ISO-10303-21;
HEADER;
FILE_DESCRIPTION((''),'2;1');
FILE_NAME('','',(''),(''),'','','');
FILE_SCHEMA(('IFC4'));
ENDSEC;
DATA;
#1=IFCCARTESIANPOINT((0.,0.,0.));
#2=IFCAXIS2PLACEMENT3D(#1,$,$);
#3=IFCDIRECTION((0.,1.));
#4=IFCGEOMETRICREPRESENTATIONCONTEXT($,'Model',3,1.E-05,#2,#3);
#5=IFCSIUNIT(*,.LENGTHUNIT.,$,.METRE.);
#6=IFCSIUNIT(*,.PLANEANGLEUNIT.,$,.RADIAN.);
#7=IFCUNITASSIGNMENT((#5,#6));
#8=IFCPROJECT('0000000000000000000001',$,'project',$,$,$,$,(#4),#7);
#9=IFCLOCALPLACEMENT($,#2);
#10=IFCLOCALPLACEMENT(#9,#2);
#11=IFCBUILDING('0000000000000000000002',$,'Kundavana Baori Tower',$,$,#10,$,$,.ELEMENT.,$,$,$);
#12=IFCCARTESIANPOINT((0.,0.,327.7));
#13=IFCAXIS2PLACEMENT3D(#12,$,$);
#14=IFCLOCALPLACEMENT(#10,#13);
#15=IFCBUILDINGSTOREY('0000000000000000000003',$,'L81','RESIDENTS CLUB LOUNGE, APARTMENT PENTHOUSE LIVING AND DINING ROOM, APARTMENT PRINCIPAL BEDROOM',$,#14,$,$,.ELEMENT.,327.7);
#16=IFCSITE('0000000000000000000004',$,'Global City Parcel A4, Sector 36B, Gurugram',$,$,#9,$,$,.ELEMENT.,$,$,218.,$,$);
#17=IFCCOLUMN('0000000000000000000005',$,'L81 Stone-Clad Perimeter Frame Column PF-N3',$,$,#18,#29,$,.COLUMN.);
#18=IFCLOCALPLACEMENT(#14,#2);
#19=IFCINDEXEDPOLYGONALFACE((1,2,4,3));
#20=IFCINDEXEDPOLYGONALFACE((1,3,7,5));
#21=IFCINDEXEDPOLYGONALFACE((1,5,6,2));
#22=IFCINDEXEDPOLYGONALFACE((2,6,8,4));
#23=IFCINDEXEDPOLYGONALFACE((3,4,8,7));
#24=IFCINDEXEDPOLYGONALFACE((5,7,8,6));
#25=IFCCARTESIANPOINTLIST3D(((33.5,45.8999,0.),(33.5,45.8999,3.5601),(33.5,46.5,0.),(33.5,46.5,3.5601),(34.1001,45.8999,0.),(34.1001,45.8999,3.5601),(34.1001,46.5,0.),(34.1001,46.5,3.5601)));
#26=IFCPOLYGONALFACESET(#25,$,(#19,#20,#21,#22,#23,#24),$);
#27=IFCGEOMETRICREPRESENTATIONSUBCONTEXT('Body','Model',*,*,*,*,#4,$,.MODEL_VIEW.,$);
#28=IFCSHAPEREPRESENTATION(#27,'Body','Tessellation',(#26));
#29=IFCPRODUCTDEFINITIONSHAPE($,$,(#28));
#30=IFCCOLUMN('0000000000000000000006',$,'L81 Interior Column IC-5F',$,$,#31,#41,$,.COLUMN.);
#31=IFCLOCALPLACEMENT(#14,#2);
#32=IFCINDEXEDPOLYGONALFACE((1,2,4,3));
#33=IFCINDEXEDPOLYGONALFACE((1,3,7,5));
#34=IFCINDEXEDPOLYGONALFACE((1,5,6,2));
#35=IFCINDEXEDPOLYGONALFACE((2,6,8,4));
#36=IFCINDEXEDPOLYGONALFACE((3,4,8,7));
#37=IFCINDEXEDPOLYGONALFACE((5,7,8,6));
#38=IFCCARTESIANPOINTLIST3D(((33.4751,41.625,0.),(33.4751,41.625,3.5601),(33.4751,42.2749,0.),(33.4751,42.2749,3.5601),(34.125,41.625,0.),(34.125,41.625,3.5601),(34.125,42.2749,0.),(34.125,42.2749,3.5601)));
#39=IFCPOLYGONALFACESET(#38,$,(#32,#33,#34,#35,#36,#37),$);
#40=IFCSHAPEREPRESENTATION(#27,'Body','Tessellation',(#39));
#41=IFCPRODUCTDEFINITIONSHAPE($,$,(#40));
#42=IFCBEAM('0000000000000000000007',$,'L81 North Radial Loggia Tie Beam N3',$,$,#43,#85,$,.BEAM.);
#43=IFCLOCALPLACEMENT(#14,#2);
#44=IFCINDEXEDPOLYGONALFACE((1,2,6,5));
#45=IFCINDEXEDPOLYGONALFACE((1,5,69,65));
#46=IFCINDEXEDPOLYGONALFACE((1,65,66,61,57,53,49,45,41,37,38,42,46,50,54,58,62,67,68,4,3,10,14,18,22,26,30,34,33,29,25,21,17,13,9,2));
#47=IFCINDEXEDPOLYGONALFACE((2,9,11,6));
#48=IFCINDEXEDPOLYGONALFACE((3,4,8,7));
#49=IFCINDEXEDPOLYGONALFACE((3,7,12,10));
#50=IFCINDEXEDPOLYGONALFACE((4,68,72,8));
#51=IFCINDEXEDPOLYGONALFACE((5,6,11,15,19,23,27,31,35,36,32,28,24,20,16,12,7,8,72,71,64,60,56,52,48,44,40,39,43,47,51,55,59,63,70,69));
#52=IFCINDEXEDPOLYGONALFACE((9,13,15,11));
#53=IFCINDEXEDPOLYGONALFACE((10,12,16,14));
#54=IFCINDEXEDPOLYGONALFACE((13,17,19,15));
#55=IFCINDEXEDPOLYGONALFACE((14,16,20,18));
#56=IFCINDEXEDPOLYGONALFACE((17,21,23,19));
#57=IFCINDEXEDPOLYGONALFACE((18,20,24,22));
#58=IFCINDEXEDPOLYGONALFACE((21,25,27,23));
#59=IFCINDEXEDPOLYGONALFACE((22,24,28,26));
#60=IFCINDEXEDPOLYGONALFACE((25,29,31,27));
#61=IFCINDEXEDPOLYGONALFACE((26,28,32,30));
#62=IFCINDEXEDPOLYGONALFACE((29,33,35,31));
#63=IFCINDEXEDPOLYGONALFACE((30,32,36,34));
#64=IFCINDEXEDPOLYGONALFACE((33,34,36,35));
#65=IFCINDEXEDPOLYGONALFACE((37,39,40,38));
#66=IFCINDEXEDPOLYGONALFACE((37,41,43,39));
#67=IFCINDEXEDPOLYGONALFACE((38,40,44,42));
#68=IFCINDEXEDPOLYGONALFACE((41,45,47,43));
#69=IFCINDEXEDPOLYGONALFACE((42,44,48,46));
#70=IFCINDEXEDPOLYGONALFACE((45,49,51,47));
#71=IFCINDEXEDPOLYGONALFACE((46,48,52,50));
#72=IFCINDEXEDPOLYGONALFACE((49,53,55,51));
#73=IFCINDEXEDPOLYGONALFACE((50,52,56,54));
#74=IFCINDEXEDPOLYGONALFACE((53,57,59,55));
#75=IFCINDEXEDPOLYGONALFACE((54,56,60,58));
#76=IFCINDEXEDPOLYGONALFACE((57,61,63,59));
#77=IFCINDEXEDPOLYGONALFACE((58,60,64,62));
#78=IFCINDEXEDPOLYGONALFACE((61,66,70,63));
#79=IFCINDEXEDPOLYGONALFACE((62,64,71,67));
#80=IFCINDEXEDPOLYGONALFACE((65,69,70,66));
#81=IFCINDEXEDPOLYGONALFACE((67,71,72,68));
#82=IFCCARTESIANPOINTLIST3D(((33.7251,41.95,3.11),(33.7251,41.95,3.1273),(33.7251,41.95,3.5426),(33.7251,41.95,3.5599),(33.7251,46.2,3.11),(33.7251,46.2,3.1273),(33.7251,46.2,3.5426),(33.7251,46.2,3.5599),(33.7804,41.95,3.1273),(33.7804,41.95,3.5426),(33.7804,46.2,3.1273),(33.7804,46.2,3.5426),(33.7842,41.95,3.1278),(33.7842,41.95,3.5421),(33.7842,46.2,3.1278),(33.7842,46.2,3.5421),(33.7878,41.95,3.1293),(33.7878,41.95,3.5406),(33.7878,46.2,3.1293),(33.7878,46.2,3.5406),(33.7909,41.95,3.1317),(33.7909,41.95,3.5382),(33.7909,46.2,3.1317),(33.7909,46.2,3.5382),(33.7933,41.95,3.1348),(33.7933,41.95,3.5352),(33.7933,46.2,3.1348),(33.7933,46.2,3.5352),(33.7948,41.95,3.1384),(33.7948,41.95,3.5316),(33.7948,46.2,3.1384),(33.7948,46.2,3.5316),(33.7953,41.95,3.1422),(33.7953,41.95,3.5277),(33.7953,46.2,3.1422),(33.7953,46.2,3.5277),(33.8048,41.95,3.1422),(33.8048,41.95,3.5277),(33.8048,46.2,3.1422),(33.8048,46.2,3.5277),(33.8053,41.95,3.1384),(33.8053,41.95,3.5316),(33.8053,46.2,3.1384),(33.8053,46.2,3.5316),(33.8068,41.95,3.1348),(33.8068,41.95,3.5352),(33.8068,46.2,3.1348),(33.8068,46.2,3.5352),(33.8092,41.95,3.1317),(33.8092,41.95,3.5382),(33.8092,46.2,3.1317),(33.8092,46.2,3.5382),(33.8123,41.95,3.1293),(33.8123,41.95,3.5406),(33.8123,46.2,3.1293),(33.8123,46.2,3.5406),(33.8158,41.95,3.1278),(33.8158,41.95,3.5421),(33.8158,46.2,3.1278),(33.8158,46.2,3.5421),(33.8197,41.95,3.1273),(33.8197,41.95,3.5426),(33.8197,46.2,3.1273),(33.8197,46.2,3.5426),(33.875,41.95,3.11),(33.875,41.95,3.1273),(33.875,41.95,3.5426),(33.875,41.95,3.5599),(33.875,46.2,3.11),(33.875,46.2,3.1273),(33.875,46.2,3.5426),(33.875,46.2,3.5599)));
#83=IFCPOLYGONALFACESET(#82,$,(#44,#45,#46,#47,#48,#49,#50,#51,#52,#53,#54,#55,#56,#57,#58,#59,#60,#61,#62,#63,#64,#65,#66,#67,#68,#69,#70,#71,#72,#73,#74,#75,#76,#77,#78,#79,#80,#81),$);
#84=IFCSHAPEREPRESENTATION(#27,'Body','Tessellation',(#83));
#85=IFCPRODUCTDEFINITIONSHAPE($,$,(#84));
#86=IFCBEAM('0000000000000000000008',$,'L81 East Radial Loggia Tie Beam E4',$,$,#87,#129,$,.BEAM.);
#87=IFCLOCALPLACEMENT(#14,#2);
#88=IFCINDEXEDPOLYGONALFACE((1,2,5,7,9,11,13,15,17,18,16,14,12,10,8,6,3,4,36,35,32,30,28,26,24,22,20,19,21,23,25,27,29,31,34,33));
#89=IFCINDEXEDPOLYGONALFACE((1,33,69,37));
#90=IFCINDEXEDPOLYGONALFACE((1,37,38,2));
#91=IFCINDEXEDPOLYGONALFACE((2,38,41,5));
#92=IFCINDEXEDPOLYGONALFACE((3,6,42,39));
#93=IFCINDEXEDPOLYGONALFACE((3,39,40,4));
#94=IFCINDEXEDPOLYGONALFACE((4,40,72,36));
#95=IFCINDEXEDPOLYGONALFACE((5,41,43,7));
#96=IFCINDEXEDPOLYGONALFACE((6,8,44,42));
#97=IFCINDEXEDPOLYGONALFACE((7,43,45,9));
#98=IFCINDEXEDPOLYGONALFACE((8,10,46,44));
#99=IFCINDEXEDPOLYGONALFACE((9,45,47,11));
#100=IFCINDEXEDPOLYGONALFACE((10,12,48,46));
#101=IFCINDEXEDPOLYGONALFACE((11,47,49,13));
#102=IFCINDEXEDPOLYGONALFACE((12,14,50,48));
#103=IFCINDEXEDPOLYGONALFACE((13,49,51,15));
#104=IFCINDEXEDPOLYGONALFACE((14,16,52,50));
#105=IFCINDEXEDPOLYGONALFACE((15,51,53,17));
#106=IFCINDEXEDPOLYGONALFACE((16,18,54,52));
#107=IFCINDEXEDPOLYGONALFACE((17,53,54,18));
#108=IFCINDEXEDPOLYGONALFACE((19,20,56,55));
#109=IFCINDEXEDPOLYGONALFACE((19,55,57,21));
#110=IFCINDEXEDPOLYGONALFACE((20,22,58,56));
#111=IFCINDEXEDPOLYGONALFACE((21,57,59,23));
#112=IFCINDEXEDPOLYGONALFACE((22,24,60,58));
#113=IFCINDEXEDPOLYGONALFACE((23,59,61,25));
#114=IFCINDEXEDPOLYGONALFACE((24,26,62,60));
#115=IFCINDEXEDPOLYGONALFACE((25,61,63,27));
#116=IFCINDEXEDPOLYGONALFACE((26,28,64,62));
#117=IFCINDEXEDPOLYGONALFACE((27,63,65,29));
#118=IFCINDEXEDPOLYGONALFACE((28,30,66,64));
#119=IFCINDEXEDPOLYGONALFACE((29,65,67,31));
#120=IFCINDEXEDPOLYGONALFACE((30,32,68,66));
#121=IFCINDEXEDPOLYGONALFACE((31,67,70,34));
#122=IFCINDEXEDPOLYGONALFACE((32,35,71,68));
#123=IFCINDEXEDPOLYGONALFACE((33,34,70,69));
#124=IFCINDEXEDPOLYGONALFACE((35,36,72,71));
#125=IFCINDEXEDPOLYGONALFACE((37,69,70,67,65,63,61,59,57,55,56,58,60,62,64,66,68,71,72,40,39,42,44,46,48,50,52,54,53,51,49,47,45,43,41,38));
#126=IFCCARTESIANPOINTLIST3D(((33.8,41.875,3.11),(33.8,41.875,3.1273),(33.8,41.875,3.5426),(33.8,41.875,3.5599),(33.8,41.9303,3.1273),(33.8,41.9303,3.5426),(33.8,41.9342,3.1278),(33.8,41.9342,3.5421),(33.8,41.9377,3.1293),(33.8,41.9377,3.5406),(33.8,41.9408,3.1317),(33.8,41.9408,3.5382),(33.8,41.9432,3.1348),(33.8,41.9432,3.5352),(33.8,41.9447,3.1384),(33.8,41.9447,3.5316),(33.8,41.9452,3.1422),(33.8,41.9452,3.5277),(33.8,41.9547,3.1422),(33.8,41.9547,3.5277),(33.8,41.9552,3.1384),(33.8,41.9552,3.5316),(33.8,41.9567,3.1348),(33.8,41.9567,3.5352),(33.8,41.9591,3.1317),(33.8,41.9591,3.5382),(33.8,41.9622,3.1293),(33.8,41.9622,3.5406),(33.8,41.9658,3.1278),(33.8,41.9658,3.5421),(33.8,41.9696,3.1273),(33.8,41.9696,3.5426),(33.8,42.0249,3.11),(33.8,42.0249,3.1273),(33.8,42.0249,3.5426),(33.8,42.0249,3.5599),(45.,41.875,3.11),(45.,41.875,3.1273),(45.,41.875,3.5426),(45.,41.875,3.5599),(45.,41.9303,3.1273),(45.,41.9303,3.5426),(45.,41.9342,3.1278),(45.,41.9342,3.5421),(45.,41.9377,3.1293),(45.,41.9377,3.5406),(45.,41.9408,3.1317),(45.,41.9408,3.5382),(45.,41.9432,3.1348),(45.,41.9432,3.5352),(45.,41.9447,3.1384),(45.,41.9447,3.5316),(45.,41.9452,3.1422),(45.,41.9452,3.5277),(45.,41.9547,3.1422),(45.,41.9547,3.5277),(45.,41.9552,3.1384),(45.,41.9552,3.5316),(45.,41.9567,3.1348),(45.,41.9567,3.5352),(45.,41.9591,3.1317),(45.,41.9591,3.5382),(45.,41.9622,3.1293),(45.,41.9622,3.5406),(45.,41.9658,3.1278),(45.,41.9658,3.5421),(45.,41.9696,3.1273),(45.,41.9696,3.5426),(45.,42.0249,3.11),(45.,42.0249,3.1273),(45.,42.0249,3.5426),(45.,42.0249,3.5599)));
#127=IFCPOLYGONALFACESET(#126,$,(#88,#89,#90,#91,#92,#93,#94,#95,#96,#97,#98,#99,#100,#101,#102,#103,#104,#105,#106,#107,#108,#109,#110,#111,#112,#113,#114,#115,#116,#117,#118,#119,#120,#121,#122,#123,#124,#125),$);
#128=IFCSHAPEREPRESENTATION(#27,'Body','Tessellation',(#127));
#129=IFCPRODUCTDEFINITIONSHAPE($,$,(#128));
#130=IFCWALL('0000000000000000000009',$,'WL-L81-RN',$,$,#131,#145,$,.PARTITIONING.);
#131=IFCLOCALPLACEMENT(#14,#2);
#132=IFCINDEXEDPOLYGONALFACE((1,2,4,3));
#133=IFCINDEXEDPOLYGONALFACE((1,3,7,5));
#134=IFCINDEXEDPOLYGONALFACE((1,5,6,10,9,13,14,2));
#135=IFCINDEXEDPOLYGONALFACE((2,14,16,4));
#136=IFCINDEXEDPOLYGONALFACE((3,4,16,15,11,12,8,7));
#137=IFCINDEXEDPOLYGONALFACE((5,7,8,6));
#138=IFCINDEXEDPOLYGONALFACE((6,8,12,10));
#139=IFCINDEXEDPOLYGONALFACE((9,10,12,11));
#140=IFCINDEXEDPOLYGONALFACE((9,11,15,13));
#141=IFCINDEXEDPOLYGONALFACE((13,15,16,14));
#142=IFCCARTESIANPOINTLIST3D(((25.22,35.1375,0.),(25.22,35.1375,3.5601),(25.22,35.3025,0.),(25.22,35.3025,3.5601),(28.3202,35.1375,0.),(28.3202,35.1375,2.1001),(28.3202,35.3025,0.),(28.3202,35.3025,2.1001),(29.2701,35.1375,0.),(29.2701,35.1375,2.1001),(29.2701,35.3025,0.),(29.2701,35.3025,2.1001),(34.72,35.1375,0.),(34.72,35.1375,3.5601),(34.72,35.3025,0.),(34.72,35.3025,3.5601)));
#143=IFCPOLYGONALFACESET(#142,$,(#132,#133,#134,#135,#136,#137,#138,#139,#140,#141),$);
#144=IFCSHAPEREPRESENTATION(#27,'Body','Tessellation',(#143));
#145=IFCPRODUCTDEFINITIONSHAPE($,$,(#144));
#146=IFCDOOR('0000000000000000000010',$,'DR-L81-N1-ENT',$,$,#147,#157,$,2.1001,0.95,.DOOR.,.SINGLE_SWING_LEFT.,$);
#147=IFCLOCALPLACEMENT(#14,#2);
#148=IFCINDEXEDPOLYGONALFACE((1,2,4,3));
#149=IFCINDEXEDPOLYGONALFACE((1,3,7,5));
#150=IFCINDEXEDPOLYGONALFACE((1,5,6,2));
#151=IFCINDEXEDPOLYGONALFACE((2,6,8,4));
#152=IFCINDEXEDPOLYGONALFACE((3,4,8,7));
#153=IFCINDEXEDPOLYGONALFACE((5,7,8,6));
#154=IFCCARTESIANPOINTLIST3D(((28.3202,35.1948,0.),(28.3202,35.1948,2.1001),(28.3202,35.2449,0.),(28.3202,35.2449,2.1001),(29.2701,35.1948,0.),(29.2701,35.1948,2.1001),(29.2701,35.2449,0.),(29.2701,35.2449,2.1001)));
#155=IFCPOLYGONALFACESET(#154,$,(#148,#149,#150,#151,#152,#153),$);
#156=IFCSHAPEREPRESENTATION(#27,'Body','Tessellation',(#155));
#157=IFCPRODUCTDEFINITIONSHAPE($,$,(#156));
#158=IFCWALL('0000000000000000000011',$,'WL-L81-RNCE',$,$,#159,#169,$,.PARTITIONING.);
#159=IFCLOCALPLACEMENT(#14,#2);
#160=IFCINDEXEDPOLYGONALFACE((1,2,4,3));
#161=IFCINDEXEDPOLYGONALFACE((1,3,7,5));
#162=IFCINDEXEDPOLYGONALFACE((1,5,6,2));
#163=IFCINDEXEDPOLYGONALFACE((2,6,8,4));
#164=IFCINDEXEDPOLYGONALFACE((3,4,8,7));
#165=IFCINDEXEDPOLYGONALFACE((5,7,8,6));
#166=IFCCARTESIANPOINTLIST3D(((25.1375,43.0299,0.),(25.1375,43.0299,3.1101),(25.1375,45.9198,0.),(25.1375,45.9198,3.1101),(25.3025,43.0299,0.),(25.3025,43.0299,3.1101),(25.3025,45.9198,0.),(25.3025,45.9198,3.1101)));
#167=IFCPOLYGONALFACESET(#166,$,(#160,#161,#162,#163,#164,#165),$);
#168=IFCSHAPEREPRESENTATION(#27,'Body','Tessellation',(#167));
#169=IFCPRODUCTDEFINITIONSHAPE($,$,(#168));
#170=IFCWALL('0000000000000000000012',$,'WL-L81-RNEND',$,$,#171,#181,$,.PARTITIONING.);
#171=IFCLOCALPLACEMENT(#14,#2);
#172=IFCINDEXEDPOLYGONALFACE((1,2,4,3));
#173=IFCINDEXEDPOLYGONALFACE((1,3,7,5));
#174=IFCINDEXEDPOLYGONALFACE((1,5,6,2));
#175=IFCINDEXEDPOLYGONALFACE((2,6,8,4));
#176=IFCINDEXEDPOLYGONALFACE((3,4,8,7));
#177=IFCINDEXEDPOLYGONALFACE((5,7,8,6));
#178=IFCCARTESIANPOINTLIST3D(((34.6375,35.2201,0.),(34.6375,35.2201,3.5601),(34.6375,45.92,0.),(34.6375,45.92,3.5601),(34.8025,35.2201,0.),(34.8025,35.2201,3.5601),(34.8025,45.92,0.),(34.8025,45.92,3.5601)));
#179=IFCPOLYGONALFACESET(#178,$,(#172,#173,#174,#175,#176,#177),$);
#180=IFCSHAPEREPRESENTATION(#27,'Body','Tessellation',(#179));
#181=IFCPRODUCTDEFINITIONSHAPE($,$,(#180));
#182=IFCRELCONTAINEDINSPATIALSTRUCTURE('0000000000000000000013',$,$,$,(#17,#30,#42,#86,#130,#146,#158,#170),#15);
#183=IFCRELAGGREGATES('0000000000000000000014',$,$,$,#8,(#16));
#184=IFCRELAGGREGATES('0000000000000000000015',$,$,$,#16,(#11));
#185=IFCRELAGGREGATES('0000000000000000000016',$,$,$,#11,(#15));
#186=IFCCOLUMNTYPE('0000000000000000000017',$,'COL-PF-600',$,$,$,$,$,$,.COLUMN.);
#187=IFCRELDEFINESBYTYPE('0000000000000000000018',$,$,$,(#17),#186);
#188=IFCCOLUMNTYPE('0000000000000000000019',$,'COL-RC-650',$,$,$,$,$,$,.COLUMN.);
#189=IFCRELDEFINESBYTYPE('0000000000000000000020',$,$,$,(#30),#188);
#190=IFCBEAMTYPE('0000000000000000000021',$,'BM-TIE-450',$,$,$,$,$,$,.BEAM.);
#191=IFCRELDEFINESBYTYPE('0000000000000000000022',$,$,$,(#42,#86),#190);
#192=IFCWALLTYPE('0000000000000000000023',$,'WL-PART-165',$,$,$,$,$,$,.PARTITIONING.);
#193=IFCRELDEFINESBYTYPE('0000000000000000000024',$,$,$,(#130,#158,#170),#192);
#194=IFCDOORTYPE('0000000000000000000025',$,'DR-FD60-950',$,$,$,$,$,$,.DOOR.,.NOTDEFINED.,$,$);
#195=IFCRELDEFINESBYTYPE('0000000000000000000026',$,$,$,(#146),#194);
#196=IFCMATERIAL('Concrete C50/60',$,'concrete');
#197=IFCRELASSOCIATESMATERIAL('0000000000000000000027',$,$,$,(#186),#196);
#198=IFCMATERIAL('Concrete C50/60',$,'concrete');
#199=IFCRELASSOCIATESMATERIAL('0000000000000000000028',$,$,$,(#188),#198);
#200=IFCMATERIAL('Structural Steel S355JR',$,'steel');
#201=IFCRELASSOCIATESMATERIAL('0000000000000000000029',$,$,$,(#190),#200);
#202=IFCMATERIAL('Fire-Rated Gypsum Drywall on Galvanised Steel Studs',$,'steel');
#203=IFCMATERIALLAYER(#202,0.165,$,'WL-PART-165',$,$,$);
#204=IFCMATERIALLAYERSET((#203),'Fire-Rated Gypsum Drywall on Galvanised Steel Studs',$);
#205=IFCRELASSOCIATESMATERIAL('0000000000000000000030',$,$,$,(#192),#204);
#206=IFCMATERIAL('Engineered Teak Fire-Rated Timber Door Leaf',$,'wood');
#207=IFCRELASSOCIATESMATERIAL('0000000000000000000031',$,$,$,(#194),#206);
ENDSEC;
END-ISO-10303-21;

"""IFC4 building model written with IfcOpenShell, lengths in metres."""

from ifc_helpers import new_model, si_unit, direction, frame, frame_2d, origin, origin_2d, place, context, subcontext, project, spatial, rectangle, i_section, extrude, material, layer, layer_set, material_profile, profile_set, type_object, element, fill, save


model = new_model("IFC4")

# Units and contexts
model_context = context("Model", 3, precision=1e-05, world=origin(), true_north=direction((0.0, 1.0)))
body_context = subcontext(model_context, "Body", "Model", "MODEL_VIEW")
ifc_project = project(units=[si_unit("LENGTHUNIT", "METRE"), si_unit("PLANEANGLEUNIT", "RADIAN")], contexts=[model_context])

# Site, building, storey
site_placement = place(None, origin())
site = spatial("IfcSite", under=ifc_project, at=site_placement, Name="Global City Parcel A4, Sector 36B, Gurugram", CompositionType="ELEMENT", RefElevation=218.0)
building_placement = place(site_placement, origin())
building = spatial("IfcBuilding", under=site, at=building_placement, Name="Kundavana Baori Tower", CompositionType="ELEMENT")
storey_placement = place(building_placement, frame((0.0, 0.0, 327.7)))
storey = spatial("IfcBuildingStorey", under=building, at=storey_placement, Name="L81", Description="RESIDENTS CLUB LOUNGE, APARTMENT PENTHOUSE LIVING AND DINING ROOM, APARTMENT PRINCIPAL BEDROOM", CompositionType="ELEMENT", Elevation=327.7)

# Columns
ifc_material_1 = material(Name="Concrete C50/60", Category="concrete")
ifc_material_profile_1 = material_profile(ifc_material_1, rectangle(XDim=0.6001, YDim=0.6001, at=origin_2d()), Name="RC PF 600x600")
ifc_profile_set_1 = profile_set([ifc_material_profile_1], Name="Concrete C50/60")
column_type_1 = type_object("IfcColumnType", Name="COL-PF-600", PredefinedType="COLUMN", material=ifc_profile_set_1)
column_1_placement = place(storey_placement, frame((33.8, 46.2, 0.0), z_axis=(0.0, 0.0, 1.0), x_axis=(1.0, 0.0, 0.0)))
element("IfcColumn", 1, at=column_1_placement, inside=storey, type_object=column_type_1, Name="L81 Stone-Clad Perimeter Frame Column PF-N3", PredefinedType="COLUMN", context=body_context, shape_type="SweptSolid", body=[
    extrude(rectangle(XDim=0.6001, YDim=0.6001, at=origin_2d()), origin(), (0.0, 0.0, 1.0), 3.5601),
])
ifc_material_2 = material(Name="Concrete C50/60", Category="concrete")
ifc_material_profile_2 = material_profile(ifc_material_2, rectangle(XDim=0.6499, YDim=0.6499, at=origin_2d()), Name="RC 650x650")
ifc_profile_set_2 = profile_set([ifc_material_profile_2], Name="Concrete C50/60")
column_type_2 = type_object("IfcColumnType", Name="COL-RC-650", PredefinedType="COLUMN", material=ifc_profile_set_2)
column_2_placement = place(storey_placement, frame((33.8, 41.95, 0.0), z_axis=(0.0, 0.0, 1.0), x_axis=(1.0, 0.0, 0.0)))
element("IfcColumn", 2, at=column_2_placement, inside=storey, type_object=column_type_2, Name="L81 Interior Column IC-5F", PredefinedType="COLUMN", context=body_context, shape_type="SweptSolid", body=[
    extrude(rectangle(XDim=0.6499, YDim=0.6499, at=origin_2d()), origin(), (0.0, 0.0, 1.0), 3.5601),
])

# Beams
ifc_material_3 = material(Name="Structural Steel S355JR", Category="steel")
ifc_material_profile_3 = material_profile(ifc_material_3, i_section(OverallWidth=0.1499, OverallDepth=0.45, WebThickness=0.0095, FlangeThickness=0.0173, FilletRadius=0.0149, at=origin_2d()), Name="ISMB 450")
ifc_profile_set_3 = profile_set([ifc_material_profile_3], Name="Structural Steel S355JR")
beam_type = type_object("IfcBeamType", Name="BM-TIE-450", PredefinedType="BEAM", material=ifc_profile_set_3)
beam_1_placement = place(storey_placement, frame((33.8, 41.95, 3.335), z_axis=(0.0, 1.0, 0.0), x_axis=(-1.0, 0.0, 0.0)))
element("IfcBeam", 3, at=beam_1_placement, inside=storey, type_object=beam_type, Name="L81 North Radial Loggia Tie Beam N3", PredefinedType="BEAM", context=body_context, shape_type="SweptSolid", body=[
    extrude(i_section(OverallWidth=0.1499, OverallDepth=0.45, WebThickness=0.0095, FlangeThickness=0.0173, FilletRadius=0.0149, at=origin_2d()), origin(), (0.0, 0.0, 1.0), 4.25),
])
beam_2_placement = place(storey_placement, frame((33.8, 41.95, 3.335), z_axis=(1.0, 0.0, 0.0), x_axis=(0.0, 1.0, 0.0)))
element("IfcBeam", 4, at=beam_2_placement, inside=storey, type_object=beam_type, Name="L81 East Radial Loggia Tie Beam E4", PredefinedType="BEAM", context=body_context, shape_type="SweptSolid", body=[
    extrude(i_section(OverallWidth=0.1499, OverallDepth=0.45, WebThickness=0.0095, FlangeThickness=0.0173, FilletRadius=0.0149, at=origin_2d()), origin(), (0.0, 0.0, 1.0), 11.2),
])

# Wall, opening, door
ifc_material_4 = material(Name="Fire-Rated Gypsum Drywall on Galvanised Steel Studs", Category="steel")
ifc_layer_1 = layer(ifc_material_4, 0.165, Name="WL-PART-165")
ifc_layer_set_1 = layer_set([ifc_layer_1], Name="Fire-Rated Gypsum Drywall on Galvanised Steel Studs")
wall_type_1 = type_object("IfcWallType", Name="WL-PART-165", PredefinedType="PARTITIONING", material=ifc_layer_set_1)
wall_1_placement = place(storey_placement, frame((25.22, 35.22, 0.0), z_axis=(0.0, 0.0, 1.0), x_axis=(1.0, 0.0, 0.0)))
wall_1 = element("IfcWall", 5, at=wall_1_placement, inside=storey, type_object=wall_type_1, Name="WL-L81-RN", PredefinedType="PARTITIONING", context=body_context, shape_type="SweptSolid", body=[
    extrude(rectangle(XDim=9.5, YDim=0.165, at=frame_2d((4.75, 0.0))), origin(), (0.0, 0.0, 1.0), 3.5601),
])
opening_1_placement = place(wall_1_placement, frame((3.1001, 0.0, 0.0)))
opening_1 = element("IfcOpeningElement", 6, at=opening_1_placement, cuts=wall_1, PredefinedType="OPENING", context=body_context, shape_type="SweptSolid", body=[
    extrude(rectangle(XDim=0.95, YDim=2.1001, at=frame_2d((0.4751, 1.05))), frame((0.0, 0.0925, 0.0), z_axis=(0.0, -1.0, 0.0), x_axis=(1.0, 0.0, 0.0)), (0.0, 0.0, 1.0), 0.1851),
])
ifc_material_5 = material(Name="Engineered Teak Fire-Rated Timber Door Leaf", Category="wood")
door_type_1 = type_object("IfcDoorType", Name="DR-FD60-950", OperationType="NOTDEFINED", PredefinedType="DOOR", material=ifc_material_5)
door_1_placement = place(opening_1_placement, origin())
door_1 = element("IfcDoor", 7, at=door_1_placement, inside=storey, type_object=door_type_1, Name="DR-L81-N1-ENT", OperationType="SINGLE_SWING_LEFT", OverallHeight=2.1001, OverallWidth=0.95, PredefinedType="DOOR", context=body_context, shape_type="SweptSolid", body=[
    extrude(rectangle(XDim=0.95, YDim=2.1001, at=frame_2d((0.4751, 1.05))), frame((0.0, 0.0249, 0.0), z_axis=(0.0, -1.0, 0.0), x_axis=(1.0, 0.0, 0.0)), (0.0, 0.0, 1.0), 0.05),
])
fill(opening_1, door_1)

# Walls
wall_2_placement = place(storey_placement, frame((25.22, 43.03, 0.0), z_axis=(0.0, 0.0, 1.0), x_axis=(0.0, 1.0, 0.0)))
element("IfcWall", 8, at=wall_2_placement, inside=storey, type_object=wall_type_1, Name="WL-L81-RNCE", PredefinedType="PARTITIONING", context=body_context, shape_type="SweptSolid", body=[
    extrude(rectangle(XDim=2.8899, YDim=0.165, at=frame_2d((1.4448, 0.0))), origin(), (0.0, 0.0, 1.0), 3.1101),
])
wall_3_placement = place(storey_placement, frame((34.72, 35.22, 0.0), z_axis=(0.0, 0.0, 1.0), x_axis=(0.0, 1.0, 0.0)))
element("IfcWall", 9, at=wall_3_placement, inside=storey, type_object=wall_type_1, Name="WL-L81-RNEND", PredefinedType="PARTITIONING", context=body_context, shape_type="SweptSolid", body=[
    extrude(rectangle(XDim=10.7, YDim=0.165, at=frame_2d((5.3501, 0.0))), origin(), (0.0, 0.0, 1.0), 3.5601),
])

save(model, "model.ifc")
